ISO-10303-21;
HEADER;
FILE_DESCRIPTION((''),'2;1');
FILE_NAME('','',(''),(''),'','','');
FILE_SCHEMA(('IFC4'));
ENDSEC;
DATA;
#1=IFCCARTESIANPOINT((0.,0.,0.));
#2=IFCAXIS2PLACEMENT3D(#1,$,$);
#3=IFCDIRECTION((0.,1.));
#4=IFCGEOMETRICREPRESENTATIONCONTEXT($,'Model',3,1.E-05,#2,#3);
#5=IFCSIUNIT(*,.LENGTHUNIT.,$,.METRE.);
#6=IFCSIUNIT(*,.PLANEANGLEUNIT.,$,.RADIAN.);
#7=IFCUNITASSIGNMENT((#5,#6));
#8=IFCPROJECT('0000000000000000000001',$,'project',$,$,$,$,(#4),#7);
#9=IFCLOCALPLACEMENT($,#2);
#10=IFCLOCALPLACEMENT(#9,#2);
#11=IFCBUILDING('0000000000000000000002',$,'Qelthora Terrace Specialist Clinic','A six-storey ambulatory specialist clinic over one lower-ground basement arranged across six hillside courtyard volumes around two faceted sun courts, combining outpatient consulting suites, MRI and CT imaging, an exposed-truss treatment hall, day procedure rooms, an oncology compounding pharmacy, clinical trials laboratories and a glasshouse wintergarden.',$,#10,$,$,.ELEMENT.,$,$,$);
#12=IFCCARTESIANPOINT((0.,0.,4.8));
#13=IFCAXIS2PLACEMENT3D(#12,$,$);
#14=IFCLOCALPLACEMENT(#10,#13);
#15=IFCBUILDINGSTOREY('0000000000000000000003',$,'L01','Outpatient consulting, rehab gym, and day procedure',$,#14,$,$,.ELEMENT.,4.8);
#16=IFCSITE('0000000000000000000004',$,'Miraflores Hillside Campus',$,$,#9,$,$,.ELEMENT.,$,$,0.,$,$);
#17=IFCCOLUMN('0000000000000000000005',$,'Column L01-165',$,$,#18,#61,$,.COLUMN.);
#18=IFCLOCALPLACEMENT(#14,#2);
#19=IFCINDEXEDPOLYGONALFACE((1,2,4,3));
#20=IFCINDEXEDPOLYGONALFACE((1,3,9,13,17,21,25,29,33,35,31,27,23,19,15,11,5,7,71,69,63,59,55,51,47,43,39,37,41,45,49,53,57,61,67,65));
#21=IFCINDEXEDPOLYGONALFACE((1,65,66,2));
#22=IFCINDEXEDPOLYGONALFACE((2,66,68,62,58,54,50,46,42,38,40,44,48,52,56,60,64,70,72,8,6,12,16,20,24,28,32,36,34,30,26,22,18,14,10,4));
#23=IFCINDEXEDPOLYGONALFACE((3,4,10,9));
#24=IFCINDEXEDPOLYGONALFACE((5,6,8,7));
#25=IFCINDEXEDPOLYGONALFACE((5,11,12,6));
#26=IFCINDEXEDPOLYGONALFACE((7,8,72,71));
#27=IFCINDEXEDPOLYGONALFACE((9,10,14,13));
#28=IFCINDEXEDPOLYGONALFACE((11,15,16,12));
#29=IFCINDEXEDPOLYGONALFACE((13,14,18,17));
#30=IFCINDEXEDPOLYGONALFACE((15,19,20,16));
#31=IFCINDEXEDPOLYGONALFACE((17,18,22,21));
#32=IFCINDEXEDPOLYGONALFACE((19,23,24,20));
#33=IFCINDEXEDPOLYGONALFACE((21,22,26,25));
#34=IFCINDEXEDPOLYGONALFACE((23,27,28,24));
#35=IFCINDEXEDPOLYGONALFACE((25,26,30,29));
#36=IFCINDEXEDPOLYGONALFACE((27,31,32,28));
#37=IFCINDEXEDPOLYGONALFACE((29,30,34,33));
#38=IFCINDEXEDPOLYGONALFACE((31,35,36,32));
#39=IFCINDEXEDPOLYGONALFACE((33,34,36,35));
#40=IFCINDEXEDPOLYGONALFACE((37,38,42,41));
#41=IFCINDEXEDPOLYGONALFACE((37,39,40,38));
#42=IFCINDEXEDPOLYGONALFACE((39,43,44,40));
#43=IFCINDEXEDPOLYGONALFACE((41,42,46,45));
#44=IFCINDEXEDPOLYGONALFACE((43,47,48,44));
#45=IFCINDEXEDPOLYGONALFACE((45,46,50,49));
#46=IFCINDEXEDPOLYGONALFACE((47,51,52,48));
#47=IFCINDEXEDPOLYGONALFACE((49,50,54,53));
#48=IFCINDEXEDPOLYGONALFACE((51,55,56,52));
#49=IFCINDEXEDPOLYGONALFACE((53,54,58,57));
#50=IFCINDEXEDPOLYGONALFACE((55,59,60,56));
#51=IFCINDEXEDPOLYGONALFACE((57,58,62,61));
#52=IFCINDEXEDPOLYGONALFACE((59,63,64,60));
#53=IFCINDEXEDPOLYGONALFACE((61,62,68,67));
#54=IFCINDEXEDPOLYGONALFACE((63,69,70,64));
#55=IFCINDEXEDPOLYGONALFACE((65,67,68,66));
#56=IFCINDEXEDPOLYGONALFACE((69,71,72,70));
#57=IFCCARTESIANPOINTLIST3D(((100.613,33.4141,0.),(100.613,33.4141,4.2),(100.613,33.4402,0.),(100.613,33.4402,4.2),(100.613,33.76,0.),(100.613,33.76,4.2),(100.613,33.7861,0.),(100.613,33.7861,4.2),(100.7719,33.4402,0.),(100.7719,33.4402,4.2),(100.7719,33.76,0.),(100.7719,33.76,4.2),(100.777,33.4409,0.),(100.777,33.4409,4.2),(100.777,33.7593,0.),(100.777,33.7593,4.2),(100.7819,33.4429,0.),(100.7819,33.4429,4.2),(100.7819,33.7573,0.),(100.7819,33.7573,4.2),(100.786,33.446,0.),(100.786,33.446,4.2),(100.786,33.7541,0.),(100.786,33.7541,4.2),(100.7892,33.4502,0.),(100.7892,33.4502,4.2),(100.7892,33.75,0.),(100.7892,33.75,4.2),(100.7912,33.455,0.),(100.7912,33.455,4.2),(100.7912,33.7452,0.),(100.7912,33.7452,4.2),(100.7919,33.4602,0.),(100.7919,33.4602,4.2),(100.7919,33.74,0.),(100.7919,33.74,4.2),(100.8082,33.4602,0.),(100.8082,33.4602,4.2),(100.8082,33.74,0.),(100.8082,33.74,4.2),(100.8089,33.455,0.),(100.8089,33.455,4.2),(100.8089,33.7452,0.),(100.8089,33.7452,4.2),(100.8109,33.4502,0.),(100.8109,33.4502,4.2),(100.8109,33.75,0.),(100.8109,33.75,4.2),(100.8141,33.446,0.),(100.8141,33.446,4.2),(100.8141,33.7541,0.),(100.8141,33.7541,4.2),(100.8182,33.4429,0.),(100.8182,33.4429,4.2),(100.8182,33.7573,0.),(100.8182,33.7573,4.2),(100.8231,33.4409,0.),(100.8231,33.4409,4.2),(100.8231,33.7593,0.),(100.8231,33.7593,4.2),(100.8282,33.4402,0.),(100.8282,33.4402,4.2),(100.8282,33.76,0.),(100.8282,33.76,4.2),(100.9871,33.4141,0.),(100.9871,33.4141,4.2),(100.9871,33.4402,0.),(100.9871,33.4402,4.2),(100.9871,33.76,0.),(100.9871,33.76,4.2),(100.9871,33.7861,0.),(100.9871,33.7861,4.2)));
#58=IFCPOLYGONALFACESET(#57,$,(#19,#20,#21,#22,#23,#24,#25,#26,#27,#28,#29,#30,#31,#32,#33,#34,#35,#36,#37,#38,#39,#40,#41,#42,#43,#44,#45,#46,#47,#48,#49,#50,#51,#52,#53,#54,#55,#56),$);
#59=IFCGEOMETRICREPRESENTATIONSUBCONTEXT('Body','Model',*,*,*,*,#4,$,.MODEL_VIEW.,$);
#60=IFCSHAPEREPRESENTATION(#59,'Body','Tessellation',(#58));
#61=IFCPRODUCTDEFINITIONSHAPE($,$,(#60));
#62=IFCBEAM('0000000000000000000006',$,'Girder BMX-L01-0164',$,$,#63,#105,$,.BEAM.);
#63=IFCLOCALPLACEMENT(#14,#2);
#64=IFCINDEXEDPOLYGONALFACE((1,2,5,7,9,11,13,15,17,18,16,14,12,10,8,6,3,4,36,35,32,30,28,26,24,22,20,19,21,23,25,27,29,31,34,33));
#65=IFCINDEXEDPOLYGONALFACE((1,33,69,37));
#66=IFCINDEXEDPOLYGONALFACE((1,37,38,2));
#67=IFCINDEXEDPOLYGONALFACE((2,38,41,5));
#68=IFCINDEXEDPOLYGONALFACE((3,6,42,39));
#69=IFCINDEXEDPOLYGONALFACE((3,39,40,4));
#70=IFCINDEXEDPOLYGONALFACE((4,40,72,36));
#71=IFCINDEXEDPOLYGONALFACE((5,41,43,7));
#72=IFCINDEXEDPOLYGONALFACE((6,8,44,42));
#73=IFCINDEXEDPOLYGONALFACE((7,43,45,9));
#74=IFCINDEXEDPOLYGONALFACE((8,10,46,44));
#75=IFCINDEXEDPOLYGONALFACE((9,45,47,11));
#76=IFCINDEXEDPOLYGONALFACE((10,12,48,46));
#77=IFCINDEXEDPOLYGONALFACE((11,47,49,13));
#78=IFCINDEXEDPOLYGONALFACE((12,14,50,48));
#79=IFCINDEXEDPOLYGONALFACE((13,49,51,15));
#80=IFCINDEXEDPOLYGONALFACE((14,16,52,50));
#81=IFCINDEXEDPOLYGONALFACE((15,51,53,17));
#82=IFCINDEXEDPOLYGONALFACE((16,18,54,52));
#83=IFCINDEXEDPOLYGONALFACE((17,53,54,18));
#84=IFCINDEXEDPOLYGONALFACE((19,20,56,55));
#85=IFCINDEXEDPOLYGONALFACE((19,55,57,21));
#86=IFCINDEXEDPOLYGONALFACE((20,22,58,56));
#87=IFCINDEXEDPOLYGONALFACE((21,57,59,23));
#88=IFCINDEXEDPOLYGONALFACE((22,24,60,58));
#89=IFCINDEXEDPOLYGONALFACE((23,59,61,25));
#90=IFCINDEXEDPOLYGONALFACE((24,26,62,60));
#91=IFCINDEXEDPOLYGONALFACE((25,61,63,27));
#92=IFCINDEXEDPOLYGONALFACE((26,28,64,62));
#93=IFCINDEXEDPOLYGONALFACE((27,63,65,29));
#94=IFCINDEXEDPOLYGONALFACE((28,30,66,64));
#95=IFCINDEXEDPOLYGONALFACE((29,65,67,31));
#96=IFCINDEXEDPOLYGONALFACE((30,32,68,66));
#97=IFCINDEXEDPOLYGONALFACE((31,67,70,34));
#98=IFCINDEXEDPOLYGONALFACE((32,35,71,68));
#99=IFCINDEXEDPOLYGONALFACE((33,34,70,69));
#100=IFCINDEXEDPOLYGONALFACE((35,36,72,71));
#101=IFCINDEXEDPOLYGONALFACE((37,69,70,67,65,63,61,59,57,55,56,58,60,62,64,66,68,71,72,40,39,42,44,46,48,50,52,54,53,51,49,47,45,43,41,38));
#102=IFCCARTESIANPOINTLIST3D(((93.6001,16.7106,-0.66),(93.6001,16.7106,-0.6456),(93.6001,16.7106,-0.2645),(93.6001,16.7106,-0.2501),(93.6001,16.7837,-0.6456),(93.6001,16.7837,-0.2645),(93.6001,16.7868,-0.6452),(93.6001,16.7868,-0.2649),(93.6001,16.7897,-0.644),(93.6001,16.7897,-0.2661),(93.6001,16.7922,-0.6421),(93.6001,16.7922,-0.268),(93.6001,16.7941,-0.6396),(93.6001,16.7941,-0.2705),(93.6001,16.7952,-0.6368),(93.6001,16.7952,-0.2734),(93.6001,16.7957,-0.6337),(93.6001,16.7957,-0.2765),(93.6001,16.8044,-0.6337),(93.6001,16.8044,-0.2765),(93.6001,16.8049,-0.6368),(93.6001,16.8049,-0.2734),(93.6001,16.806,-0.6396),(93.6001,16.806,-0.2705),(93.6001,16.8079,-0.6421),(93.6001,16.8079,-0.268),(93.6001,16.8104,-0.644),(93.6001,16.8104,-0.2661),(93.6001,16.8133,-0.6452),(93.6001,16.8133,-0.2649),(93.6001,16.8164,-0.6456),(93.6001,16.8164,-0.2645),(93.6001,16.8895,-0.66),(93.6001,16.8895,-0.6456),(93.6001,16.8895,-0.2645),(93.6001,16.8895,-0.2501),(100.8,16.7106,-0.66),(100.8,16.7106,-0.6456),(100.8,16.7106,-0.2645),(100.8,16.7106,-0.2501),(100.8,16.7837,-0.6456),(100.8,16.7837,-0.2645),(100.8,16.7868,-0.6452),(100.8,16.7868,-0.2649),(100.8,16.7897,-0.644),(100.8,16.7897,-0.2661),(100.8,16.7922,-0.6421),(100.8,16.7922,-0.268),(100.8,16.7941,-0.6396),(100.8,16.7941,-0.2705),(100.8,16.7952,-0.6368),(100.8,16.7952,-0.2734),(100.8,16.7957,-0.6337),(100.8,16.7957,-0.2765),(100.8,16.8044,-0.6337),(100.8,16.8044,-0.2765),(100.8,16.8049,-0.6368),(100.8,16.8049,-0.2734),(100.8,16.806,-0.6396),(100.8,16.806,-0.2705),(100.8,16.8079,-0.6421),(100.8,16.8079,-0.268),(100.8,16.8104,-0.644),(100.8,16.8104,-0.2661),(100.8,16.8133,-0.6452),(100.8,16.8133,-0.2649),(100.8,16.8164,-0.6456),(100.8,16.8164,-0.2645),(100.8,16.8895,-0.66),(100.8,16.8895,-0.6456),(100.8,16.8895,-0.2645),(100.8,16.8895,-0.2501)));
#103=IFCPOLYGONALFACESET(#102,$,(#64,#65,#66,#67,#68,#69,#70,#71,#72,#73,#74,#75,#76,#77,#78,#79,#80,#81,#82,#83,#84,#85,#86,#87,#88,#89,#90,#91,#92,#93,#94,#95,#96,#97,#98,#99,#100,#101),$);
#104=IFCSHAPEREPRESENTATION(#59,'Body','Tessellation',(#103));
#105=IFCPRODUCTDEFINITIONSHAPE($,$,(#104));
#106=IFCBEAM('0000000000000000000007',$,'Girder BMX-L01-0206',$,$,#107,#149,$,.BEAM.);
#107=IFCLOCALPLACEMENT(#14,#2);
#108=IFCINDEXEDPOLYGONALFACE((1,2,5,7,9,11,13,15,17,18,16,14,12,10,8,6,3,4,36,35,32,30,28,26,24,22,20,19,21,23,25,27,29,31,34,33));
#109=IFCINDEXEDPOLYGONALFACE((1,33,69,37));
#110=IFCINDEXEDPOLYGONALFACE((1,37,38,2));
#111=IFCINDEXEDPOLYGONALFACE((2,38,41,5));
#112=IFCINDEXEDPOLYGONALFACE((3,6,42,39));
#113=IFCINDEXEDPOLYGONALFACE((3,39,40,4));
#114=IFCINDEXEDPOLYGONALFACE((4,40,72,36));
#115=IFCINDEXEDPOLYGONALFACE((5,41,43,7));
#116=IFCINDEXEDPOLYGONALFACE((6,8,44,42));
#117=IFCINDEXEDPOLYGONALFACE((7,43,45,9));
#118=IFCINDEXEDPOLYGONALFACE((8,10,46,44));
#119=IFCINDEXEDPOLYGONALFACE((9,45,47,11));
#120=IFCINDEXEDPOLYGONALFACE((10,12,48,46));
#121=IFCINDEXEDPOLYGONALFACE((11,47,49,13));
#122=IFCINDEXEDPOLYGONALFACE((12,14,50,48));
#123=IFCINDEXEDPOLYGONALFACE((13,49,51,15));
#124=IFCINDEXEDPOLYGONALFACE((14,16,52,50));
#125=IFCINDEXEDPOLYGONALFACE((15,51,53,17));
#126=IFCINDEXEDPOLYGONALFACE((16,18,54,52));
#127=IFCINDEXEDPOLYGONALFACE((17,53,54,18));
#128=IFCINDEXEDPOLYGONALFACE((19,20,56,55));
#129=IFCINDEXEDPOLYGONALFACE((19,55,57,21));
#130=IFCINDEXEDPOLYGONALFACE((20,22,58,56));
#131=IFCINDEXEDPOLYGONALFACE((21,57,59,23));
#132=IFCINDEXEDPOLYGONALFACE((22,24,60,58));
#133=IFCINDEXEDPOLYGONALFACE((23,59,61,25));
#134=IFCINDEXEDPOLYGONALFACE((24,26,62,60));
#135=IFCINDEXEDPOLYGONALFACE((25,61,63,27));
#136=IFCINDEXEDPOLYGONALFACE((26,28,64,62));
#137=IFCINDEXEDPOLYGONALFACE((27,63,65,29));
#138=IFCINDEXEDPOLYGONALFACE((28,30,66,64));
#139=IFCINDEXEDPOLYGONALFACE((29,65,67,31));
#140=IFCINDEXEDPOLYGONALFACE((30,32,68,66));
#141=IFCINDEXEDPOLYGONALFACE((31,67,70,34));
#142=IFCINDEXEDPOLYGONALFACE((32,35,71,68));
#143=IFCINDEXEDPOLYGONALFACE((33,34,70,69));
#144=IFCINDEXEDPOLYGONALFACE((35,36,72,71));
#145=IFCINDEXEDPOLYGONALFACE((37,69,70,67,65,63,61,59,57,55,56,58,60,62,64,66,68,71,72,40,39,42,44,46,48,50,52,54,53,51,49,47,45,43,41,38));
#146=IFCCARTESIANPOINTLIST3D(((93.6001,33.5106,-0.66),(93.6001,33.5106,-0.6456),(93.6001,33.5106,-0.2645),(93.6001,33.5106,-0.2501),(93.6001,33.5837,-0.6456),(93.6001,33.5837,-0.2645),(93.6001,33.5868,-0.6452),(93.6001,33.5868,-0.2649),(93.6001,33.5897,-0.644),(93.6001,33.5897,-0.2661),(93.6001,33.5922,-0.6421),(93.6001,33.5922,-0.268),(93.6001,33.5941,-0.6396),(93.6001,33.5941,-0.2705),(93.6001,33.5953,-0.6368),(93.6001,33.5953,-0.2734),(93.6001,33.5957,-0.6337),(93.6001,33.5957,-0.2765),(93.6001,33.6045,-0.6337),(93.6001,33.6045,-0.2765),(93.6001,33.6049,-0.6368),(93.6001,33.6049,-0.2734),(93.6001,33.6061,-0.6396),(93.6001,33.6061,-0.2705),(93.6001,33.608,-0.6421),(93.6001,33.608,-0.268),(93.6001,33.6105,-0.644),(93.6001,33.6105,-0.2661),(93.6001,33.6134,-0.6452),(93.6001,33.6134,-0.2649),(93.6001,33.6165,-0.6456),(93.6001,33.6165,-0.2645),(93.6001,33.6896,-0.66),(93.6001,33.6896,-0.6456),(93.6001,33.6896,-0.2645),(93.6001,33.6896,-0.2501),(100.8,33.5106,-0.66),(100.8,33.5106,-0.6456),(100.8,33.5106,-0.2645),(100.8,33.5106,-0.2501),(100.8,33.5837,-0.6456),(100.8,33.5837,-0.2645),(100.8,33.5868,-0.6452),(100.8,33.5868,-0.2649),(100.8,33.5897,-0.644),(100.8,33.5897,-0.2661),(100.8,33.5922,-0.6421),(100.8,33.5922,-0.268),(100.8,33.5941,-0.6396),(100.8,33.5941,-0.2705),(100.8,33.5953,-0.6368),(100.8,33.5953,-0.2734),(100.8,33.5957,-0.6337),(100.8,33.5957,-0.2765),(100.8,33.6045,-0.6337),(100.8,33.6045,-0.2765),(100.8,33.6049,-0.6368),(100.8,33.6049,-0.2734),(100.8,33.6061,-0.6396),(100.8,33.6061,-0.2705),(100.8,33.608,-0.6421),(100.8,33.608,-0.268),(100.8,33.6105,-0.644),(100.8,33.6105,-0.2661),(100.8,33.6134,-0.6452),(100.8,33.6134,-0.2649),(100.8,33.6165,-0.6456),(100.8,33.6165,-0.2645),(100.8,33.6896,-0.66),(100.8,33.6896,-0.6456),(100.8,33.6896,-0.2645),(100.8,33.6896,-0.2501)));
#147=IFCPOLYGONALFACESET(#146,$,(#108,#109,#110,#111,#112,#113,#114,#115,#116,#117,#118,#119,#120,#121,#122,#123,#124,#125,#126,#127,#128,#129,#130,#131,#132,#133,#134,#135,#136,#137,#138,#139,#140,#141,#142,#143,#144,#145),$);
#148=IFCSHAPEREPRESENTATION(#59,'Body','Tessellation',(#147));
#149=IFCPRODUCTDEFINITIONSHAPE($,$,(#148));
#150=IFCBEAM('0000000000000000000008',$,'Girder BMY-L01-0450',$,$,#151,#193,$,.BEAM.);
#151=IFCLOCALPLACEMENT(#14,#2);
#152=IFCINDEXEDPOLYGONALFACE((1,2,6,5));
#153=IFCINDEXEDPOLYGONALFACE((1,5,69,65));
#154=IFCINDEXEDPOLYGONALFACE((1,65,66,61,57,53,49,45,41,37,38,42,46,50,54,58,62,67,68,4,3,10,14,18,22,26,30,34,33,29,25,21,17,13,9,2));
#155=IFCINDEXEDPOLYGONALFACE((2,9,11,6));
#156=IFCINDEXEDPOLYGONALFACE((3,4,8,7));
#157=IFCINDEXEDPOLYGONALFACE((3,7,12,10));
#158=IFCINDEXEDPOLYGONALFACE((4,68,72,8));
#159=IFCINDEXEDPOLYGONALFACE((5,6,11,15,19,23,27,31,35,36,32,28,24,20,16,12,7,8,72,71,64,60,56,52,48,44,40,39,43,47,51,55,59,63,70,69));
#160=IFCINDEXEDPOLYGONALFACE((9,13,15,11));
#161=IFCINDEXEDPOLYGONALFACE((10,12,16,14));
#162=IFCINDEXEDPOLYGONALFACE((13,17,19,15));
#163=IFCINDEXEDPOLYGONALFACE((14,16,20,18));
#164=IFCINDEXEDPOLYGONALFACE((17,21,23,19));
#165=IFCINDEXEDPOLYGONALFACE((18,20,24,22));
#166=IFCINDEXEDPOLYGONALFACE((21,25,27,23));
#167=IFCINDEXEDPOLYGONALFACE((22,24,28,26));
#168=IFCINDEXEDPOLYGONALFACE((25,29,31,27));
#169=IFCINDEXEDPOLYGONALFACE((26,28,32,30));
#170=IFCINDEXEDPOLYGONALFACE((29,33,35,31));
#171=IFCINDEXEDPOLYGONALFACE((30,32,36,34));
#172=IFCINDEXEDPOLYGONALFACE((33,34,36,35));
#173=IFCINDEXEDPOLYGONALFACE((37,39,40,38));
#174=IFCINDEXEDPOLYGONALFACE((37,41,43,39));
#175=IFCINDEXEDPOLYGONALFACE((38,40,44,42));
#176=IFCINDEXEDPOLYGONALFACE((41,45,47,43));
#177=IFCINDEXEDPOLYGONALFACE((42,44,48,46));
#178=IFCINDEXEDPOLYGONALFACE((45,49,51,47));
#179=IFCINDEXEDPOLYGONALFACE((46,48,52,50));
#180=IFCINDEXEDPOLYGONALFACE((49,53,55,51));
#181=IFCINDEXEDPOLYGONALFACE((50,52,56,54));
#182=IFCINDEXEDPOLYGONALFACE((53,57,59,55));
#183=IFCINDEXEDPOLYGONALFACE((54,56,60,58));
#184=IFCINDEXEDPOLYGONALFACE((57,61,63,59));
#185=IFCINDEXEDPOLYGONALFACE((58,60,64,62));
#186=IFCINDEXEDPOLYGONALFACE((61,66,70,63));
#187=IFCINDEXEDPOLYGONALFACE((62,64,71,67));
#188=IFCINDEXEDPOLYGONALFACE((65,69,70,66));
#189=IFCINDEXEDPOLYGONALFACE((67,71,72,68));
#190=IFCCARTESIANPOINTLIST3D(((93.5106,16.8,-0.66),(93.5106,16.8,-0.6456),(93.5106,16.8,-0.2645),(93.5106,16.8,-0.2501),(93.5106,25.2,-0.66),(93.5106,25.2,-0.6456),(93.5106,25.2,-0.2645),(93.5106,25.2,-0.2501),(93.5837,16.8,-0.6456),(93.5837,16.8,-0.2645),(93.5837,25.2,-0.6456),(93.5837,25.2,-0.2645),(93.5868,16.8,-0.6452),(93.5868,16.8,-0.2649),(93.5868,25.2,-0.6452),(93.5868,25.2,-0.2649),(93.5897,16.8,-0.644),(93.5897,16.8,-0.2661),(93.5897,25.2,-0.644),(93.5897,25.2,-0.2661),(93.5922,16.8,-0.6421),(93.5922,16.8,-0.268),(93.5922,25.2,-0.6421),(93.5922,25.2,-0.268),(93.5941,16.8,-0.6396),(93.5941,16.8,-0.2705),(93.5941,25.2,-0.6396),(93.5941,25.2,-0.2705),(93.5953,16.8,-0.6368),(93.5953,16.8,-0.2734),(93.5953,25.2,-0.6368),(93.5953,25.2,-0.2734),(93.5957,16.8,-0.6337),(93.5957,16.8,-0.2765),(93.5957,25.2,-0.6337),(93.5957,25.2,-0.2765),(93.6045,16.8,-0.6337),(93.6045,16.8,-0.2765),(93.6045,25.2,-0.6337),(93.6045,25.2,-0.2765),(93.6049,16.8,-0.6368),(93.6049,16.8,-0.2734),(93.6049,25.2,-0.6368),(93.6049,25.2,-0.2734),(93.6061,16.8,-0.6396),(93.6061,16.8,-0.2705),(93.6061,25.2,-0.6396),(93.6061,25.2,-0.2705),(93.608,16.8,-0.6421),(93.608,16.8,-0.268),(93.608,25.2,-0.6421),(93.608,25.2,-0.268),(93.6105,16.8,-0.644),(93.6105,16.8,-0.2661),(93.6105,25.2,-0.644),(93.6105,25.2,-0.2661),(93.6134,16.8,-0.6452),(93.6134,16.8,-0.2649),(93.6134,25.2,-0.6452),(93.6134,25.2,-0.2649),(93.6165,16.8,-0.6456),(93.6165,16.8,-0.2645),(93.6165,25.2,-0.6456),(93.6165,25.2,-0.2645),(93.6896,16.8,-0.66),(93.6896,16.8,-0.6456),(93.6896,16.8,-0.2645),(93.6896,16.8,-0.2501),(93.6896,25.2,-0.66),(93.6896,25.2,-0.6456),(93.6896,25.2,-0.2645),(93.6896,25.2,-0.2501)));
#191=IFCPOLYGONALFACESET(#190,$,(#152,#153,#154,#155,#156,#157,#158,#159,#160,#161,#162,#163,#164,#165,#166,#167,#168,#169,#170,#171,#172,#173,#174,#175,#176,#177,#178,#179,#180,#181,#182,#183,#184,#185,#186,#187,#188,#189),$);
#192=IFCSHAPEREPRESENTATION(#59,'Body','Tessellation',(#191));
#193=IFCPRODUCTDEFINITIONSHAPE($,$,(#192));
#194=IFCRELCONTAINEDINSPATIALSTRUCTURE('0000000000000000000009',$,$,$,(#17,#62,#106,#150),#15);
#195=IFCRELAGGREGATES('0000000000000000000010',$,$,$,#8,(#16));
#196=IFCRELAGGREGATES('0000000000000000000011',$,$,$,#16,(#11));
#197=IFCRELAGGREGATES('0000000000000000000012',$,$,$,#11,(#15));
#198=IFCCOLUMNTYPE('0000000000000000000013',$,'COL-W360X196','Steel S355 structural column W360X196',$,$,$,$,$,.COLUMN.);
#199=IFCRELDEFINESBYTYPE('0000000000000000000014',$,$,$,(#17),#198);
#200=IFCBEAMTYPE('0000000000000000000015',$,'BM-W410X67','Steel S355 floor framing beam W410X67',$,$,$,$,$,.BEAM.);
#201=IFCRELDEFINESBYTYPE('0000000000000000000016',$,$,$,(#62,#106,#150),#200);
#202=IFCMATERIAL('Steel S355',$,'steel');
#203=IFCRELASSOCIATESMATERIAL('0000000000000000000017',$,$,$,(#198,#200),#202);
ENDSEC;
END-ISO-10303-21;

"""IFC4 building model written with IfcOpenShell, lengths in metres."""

from ifc_helpers import new_model, si_unit, direction, frame, origin, origin_2d, place, context, subcontext, project, spatial, i_section, extrude, material, material_profile, profile_set, type_object, element, save


model = new_model("IFC4")

# Units and contexts
model_context = context("Model", 3, precision=1e-05, world=origin(), true_north=direction((0.0, 1.0)))
body_context = subcontext(model_context, "Body", "Model", "MODEL_VIEW")
ifc_project = project(units=[si_unit("LENGTHUNIT", "METRE"), si_unit("PLANEANGLEUNIT", "RADIAN")], contexts=[model_context])

# Site, building, storey
site_placement = place(None, origin())
site = spatial("IfcSite", under=ifc_project, at=site_placement, Name="Miraflores Hillside Campus", CompositionType="ELEMENT", RefElevation=0.0)
building_placement = place(site_placement, origin())
building = spatial("IfcBuilding", under=site, at=building_placement, Name="Qelthora Terrace Specialist Clinic", Description="A six-storey ambulatory specialist clinic over one lower-ground basement arranged across six hillside courtyard volumes around two faceted sun courts, combining outpatient consulting suites, MRI and CT imaging, an exposed-truss treatment hall, day procedure rooms, an oncology compounding pharmacy, clinical trials laboratories and a glasshouse wintergarden.", CompositionType="ELEMENT")
storey_placement = place(building_placement, frame((0.0, 0.0, 4.8)))
storey = spatial("IfcBuildingStorey", under=building, at=storey_placement, Name="L01", Description="Outpatient consulting, rehab gym, and day procedure", CompositionType="ELEMENT", Elevation=4.8)

# Column
ifc_material_1 = material(Name="Steel S355", Category="steel")
ifc_material_profile_1 = material_profile(ifc_material_1, i_section(OverallWidth=0.374, OverallDepth=0.3721, WebThickness=0.0164, FlangeThickness=0.0261, FilletRadius=0.02, at=origin_2d()), Name="W360X196")
ifc_profile_set_1 = profile_set([ifc_material_profile_1], Name="Steel S355")
column_type_1 = type_object("IfcColumnType", Name="COL-W360X196", Description="Steel S355 structural column W360X196", PredefinedType="COLUMN", material=ifc_profile_set_1)
column_1_placement = place(storey_placement, frame((100.8, 33.6001, 0.0), z_axis=(0.0, 0.0, 1.0), x_axis=(1.0, 0.0, 0.0)))
element("IfcColumn", 1, at=column_1_placement, inside=storey, type_object=column_type_1, Name="Column L01-165", PredefinedType="COLUMN", context=body_context, shape_type="SweptSolid", body=[
    extrude(i_section(OverallWidth=0.374, OverallDepth=0.3721, WebThickness=0.0164, FlangeThickness=0.0261, FilletRadius=0.02, at=origin_2d()), origin(), (0.0, 0.0, 1.0), 4.2),
])

# Beams
ifc_material_profile_2 = material_profile(ifc_material_1, i_section(OverallWidth=0.179, OverallDepth=0.4099, WebThickness=0.0088, FlangeThickness=0.0144, FilletRadius=0.012, at=origin_2d()), Name="W410X67")
ifc_profile_set_2 = profile_set([ifc_material_profile_2], Name="Steel S355")
beam_type_1 = type_object("IfcBeamType", Name="BM-W410X67", Description="Steel S355 floor framing beam W410X67", PredefinedType="BEAM", material=ifc_profile_set_2)
for number, where, z_axis, x_axis, name in (
    (2, (93.6001, 16.8, -0.4551), (1.0, 0.0, 0.0), (0.0, 1.0, 0.0), "Girder BMX-L01-0164"),
    (3, (93.6001, 33.6001, -0.4551), (1.0, 0.0, 0.0), (0.0, 1.0, 0.0), "Girder BMX-L01-0206"),
):
    element("IfcBeam", number, at=place(storey_placement, frame(where, z_axis=z_axis, x_axis=x_axis)), inside=storey, type_object=beam_type_1, Name=name, PredefinedType="BEAM", context=body_context, shape_type="SweptSolid", body=[
        extrude(i_section(OverallWidth=0.179, OverallDepth=0.4099, WebThickness=0.0088, FlangeThickness=0.0144, FilletRadius=0.012, at=origin_2d()), origin(), (0.0, 0.0, 1.0), 7.2),
    ])
beam_1_placement = place(storey_placement, frame((93.6001, 16.8, -0.4551), z_axis=(0.0, 1.0, 0.0), x_axis=(-1.0, 0.0, 0.0)))
element("IfcBeam", 4, at=beam_1_placement, inside=storey, type_object=beam_type_1, Name="Girder BMY-L01-0450", PredefinedType="BEAM", context=body_context, shape_type="SweptSolid", body=[
    extrude(i_section(OverallWidth=0.179, OverallDepth=0.4099, WebThickness=0.0088, FlangeThickness=0.0144, FilletRadius=0.012, at=origin_2d()), origin(), (0.0, 0.0, 1.0), 8.3999),
])

save(model, "model.ifc")
